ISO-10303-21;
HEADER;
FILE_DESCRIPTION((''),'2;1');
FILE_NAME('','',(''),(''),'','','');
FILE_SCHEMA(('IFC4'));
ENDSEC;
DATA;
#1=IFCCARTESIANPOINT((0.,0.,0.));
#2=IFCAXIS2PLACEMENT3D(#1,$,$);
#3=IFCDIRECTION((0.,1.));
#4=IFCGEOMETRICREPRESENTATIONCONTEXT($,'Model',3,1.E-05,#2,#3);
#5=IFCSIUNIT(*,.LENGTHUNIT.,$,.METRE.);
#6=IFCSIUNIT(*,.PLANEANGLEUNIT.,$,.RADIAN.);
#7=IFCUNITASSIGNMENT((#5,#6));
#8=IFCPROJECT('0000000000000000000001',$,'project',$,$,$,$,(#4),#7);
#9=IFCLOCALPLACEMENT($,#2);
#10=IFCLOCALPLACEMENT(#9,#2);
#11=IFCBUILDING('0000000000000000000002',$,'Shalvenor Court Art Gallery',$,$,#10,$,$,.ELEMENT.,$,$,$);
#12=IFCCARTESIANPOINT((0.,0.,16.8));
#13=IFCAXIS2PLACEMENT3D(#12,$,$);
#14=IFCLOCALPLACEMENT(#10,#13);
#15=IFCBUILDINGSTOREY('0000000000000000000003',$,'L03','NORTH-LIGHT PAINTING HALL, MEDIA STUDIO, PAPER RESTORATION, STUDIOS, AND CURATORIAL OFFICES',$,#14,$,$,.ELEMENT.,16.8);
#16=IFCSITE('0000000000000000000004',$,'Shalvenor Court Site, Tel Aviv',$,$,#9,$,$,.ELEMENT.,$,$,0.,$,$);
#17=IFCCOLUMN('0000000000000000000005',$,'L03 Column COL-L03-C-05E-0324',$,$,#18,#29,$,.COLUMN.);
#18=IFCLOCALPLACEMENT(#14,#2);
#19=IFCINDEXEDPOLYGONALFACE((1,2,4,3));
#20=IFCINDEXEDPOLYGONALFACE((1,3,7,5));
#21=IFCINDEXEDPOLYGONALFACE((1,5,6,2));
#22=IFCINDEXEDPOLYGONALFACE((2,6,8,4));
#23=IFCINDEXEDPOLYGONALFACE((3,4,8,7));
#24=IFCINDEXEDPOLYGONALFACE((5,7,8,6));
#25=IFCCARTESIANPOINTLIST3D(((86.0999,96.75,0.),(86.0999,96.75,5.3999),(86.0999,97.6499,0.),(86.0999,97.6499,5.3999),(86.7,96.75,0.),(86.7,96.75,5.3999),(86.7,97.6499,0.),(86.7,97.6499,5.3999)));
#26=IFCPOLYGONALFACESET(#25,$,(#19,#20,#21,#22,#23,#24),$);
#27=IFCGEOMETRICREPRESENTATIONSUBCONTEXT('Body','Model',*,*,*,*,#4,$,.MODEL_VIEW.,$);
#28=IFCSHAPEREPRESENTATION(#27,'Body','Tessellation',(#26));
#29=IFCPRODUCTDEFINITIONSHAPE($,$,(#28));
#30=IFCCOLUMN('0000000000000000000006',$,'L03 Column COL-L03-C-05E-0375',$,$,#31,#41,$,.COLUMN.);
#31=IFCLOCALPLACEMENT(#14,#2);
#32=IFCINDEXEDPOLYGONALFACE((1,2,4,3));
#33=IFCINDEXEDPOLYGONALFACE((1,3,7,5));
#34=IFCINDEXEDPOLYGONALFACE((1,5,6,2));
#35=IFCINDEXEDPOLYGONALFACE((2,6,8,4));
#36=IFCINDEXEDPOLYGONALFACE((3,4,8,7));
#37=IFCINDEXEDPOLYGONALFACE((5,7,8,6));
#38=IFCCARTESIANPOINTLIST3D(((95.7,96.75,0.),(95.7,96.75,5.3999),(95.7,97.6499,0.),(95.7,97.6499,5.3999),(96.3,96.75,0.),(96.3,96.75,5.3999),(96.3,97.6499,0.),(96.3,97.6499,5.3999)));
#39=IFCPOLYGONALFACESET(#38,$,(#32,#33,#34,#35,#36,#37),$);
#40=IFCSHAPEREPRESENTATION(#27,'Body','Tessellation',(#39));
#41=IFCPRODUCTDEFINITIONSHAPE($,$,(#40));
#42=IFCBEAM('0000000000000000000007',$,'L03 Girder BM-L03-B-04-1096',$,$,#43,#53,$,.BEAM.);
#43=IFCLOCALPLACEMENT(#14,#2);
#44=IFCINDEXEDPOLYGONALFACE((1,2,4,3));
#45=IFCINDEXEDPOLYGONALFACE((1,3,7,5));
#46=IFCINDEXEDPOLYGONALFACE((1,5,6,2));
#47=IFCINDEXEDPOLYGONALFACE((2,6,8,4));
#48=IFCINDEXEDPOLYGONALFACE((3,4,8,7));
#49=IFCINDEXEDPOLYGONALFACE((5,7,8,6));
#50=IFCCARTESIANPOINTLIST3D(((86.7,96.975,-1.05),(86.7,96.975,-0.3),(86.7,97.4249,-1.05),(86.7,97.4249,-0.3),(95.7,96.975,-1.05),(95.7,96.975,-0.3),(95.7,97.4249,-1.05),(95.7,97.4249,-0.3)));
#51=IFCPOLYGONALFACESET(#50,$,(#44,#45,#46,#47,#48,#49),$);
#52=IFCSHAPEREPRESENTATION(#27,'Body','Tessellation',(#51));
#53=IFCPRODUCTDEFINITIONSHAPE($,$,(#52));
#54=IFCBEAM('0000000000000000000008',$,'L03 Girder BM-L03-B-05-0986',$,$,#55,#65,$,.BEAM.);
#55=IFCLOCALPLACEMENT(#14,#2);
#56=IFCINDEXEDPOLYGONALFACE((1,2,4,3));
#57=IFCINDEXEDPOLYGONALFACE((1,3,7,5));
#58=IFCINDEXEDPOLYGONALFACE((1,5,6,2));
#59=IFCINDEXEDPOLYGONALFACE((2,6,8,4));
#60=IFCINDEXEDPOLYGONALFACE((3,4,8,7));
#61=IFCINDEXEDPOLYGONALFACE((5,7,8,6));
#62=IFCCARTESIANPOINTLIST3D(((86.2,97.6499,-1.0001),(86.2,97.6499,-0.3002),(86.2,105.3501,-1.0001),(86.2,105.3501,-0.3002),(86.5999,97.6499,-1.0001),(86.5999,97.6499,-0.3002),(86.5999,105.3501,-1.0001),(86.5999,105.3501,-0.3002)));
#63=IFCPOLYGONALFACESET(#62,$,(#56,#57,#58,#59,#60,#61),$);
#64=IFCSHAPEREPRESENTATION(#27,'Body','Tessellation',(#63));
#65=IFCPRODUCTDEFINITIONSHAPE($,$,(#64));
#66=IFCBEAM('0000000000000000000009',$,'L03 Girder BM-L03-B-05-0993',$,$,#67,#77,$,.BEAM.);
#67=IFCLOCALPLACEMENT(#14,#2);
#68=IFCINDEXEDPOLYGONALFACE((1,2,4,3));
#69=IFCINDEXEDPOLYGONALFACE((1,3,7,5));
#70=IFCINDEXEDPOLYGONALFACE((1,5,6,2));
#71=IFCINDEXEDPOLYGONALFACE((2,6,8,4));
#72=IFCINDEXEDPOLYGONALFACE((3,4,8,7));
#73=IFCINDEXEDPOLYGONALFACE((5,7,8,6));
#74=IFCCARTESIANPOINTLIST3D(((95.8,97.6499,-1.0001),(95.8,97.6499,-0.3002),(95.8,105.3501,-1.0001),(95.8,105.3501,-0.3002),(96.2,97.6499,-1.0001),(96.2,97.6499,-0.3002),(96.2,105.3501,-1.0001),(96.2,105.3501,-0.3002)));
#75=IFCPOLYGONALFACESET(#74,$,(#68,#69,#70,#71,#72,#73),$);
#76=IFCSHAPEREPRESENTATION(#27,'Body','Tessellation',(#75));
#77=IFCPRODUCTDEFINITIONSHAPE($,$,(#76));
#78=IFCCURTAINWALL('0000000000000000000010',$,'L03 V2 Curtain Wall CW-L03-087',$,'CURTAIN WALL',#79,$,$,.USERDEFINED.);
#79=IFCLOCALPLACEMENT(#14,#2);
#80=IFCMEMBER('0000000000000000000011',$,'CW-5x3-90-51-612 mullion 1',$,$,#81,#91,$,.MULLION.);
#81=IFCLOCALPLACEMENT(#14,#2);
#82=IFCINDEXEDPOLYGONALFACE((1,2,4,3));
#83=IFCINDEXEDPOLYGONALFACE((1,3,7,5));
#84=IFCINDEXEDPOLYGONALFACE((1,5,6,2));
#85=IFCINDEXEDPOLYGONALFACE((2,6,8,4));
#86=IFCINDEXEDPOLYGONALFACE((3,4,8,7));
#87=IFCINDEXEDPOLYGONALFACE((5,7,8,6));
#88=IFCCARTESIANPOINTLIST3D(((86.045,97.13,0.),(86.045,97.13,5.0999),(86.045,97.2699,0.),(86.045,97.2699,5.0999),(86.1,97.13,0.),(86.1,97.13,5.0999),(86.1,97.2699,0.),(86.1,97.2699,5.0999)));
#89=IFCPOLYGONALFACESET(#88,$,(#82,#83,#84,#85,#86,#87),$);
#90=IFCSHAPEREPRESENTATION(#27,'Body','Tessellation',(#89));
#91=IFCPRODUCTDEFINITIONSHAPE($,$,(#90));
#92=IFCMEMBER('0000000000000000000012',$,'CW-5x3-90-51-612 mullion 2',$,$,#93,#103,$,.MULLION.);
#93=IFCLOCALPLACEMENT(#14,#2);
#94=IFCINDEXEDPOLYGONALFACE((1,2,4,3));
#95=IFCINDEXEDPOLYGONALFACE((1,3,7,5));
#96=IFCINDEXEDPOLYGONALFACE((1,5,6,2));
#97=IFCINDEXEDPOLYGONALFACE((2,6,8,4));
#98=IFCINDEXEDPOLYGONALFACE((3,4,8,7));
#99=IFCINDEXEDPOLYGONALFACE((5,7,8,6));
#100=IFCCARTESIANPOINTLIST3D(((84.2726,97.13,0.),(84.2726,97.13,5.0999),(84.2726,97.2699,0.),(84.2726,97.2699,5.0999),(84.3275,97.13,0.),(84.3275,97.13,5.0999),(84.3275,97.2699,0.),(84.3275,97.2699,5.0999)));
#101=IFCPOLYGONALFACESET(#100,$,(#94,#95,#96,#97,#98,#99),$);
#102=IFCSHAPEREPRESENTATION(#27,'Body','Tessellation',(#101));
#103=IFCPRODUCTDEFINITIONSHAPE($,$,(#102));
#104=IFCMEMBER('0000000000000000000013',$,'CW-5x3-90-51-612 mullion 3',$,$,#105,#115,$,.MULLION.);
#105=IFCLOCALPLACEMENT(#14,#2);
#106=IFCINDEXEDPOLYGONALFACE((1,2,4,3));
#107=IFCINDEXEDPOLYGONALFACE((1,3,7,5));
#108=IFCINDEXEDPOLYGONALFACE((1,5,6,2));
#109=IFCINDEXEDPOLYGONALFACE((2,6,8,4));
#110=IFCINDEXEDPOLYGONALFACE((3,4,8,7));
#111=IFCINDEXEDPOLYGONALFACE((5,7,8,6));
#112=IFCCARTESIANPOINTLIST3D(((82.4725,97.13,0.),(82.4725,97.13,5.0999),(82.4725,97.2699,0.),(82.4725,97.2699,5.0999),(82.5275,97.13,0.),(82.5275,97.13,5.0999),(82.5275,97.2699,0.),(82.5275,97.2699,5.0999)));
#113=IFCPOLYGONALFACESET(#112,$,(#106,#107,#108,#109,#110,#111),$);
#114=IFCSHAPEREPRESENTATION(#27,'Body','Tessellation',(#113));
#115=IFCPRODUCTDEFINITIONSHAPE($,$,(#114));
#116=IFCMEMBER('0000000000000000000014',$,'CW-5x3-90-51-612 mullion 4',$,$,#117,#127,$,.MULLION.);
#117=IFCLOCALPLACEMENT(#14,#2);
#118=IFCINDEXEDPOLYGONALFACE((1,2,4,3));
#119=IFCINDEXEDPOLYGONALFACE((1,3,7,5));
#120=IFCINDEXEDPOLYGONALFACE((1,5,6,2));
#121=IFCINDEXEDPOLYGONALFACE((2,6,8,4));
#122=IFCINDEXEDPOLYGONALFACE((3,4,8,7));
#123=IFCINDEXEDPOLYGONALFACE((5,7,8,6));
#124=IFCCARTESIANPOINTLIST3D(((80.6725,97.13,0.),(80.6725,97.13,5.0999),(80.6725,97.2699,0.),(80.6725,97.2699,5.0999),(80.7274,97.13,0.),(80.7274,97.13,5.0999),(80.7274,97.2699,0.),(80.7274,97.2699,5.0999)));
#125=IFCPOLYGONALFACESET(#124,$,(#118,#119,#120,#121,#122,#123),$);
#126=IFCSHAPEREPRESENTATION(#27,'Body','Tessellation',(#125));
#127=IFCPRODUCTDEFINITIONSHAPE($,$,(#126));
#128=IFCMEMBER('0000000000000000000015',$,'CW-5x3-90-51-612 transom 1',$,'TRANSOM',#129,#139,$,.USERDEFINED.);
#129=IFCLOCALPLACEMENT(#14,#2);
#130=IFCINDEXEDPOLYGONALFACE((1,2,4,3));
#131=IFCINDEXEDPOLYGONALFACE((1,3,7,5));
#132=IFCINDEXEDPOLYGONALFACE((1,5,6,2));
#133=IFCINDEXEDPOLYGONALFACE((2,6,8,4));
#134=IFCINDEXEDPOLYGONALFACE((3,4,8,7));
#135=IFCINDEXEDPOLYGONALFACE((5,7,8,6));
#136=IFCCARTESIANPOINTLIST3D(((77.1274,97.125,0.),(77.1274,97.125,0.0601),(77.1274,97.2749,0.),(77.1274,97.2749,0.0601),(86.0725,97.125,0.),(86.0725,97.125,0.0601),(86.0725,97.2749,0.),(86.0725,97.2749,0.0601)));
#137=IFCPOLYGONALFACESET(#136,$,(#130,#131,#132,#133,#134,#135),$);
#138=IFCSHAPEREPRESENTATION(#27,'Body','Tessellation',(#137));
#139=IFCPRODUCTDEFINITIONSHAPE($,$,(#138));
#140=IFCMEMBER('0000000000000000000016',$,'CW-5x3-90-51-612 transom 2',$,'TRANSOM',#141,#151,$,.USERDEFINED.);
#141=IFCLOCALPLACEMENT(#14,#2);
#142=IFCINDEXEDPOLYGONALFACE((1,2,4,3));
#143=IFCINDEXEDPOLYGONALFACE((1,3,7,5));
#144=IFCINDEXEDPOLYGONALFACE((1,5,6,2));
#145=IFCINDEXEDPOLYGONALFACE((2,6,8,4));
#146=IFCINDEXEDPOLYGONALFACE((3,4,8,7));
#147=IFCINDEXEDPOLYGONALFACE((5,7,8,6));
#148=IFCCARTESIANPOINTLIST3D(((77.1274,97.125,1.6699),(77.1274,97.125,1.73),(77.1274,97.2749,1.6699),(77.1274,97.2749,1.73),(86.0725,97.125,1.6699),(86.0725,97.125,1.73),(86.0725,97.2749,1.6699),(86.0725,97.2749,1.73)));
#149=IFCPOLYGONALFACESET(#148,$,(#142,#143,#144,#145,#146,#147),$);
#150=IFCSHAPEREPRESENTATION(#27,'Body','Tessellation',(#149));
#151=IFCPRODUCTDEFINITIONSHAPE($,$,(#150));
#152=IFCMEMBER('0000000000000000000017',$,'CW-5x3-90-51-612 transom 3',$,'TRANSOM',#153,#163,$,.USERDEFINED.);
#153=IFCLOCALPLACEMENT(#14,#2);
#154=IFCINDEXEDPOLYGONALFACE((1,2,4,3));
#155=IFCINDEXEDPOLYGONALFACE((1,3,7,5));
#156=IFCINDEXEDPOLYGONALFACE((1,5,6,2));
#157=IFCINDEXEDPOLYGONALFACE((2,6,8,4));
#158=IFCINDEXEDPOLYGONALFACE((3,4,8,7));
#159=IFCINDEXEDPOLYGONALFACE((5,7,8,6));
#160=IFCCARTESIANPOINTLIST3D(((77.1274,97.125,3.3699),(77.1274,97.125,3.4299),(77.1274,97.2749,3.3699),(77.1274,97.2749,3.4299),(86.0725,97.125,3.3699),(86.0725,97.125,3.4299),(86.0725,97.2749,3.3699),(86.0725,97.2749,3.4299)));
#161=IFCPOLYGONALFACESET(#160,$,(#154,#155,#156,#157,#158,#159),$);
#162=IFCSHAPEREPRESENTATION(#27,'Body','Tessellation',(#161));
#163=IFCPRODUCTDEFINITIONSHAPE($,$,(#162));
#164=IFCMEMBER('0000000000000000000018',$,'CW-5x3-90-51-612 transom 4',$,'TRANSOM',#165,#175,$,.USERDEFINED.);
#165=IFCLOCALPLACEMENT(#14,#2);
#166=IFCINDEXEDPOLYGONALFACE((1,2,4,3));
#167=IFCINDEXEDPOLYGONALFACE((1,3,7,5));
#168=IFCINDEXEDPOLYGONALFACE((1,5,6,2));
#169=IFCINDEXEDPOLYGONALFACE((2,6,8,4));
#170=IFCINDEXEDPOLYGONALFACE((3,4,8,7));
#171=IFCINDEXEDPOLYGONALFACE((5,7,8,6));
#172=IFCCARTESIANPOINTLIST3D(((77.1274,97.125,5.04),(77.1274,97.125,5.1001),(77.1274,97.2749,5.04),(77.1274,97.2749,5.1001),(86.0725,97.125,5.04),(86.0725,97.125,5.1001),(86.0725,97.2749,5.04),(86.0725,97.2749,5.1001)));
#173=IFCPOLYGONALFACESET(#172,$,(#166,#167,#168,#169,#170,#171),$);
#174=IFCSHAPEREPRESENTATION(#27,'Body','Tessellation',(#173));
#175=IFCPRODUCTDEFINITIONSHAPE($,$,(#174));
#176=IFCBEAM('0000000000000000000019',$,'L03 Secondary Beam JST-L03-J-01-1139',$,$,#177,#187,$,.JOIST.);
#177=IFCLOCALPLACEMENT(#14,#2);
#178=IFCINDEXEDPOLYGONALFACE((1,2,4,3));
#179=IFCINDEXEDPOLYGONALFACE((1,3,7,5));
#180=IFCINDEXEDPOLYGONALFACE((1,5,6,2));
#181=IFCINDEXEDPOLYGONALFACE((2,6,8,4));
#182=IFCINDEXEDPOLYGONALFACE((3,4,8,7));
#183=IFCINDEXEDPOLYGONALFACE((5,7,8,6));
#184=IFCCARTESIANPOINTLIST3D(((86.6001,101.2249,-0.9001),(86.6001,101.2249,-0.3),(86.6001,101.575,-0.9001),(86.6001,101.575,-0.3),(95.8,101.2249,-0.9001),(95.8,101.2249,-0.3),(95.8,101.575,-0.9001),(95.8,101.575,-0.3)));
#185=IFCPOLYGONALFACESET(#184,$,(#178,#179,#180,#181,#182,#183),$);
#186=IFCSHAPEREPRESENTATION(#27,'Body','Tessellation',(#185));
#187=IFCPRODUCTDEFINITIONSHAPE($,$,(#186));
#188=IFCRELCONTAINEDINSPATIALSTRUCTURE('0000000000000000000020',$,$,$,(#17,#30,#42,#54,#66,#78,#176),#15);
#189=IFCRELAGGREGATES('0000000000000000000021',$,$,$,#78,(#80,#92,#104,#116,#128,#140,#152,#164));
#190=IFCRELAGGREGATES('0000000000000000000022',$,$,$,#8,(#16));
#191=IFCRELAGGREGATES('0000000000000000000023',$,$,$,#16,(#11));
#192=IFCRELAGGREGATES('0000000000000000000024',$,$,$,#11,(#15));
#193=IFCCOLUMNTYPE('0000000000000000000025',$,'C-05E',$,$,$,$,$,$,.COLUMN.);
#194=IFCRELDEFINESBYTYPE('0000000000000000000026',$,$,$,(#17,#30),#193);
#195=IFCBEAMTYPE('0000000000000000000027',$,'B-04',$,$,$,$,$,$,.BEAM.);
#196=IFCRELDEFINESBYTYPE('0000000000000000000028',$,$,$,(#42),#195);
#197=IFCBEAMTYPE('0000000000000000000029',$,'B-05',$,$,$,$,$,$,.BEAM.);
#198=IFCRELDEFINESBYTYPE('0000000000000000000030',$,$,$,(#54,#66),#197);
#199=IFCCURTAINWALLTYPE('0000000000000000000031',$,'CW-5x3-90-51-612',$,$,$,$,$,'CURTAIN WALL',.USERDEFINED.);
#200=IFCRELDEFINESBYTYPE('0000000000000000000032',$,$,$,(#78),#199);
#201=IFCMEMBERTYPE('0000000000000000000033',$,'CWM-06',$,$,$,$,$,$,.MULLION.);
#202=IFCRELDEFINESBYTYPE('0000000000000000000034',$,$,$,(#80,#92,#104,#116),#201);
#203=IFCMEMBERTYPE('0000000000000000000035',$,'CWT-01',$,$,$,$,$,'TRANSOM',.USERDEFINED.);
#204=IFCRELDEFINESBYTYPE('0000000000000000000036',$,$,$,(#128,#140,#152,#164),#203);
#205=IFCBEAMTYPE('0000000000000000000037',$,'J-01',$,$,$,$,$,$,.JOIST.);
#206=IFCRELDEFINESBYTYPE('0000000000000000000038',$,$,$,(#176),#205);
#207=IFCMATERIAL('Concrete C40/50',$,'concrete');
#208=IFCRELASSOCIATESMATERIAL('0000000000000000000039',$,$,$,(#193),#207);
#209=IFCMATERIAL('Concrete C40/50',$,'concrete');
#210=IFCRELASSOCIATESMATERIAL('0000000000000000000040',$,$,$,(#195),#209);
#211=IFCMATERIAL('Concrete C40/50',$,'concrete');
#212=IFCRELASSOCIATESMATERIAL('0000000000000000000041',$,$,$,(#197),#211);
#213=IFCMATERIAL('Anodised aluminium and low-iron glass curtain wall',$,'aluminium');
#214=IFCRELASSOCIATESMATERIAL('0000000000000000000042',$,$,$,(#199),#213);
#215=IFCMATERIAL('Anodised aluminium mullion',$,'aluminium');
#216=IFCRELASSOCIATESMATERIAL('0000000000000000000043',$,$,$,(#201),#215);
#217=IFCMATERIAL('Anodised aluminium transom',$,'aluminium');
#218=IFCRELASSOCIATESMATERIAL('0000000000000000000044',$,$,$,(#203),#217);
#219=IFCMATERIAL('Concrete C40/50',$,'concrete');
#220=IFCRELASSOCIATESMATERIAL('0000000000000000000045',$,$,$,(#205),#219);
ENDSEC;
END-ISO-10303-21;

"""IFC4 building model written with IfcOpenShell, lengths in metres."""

from ifc_helpers import new_model, si_unit, direction, frame, origin, origin_2d, place, context, subcontext, project, spatial, rectangle, extrude, material, material_profile, profile_set, type_object, element, aggregate, save


model = new_model("IFC4")

# Units and contexts
model_context = context("Model", 3, precision=1e-05, world=origin(), true_north=direction((0.0, 1.0)))
body_context = subcontext(model_context, "Body", "Model", "MODEL_VIEW")
ifc_project = project(units=[si_unit("LENGTHUNIT", "METRE"), si_unit("PLANEANGLEUNIT", "RADIAN")], contexts=[model_context])

# Site, building, storey
site_placement = place(None, origin())
site = spatial("IfcSite", under=ifc_project, at=site_placement, Name="Shalvenor Court Site, Tel Aviv", CompositionType="ELEMENT", RefElevation=0.0)
building_placement = place(site_placement, origin())
building = spatial("IfcBuilding", under=site, at=building_placement, Name="Shalvenor Court Art Gallery", CompositionType="ELEMENT")
storey_placement = place(building_placement, frame((0.0, 0.0, 16.8)))
storey = spatial("IfcBuildingStorey", under=building, at=storey_placement, Name="L03", Description="NORTH-LIGHT PAINTING HALL, MEDIA STUDIO, PAPER RESTORATION, STUDIOS, AND CURATORIAL OFFICES", CompositionType="ELEMENT", Elevation=16.8)

# Columns
ifc_material_1 = material(Name="Concrete C40/50", Category="concrete")
ifc_material_profile_1 = material_profile(ifc_material_1, rectangle(XDim=0.6001, YDim=0.8999, at=origin_2d()), Name="RC 600x900")
ifc_profile_set_1 = profile_set([ifc_material_profile_1], Name="Concrete C40/50")
column_type = type_object("IfcColumnType", Name="C-05E", PredefinedType="COLUMN", material=ifc_profile_set_1)
for number, where, z_axis, x_axis, name in (
    (1, (86.3999, 97.2, 0.0), (0.0, 0.0, 1.0), (1.0, 0.0, 0.0), "L03 Column COL-L03-C-05E-0324"),
    (2, (96.0, 97.2, 0.0), (0.0, 0.0, 1.0), (1.0, 0.0, 0.0), "L03 Column COL-L03-C-05E-0375"),
):
    element("IfcColumn", number, at=place(storey_placement, frame(where, z_axis=z_axis, x_axis=x_axis)), inside=storey, type_object=column_type, Name=name, PredefinedType="COLUMN", context=body_context, shape_type="SweptSolid", body=[
        extrude(rectangle(XDim=0.6001, YDim=0.8999, at=origin_2d()), origin(), (0.0, 0.0, 1.0), 5.3999),
    ])

# Beams
ifc_material_2 = material(Name="Concrete C40/50", Category="concrete")
ifc_material_profile_2 = material_profile(ifc_material_2, rectangle(XDim=0.45, YDim=0.75, at=origin_2d()), Name="RC 450x750")
ifc_profile_set_2 = profile_set([ifc_material_profile_2], Name="Concrete C40/50")
beam_type_1 = type_object("IfcBeamType", Name="B-04", PredefinedType="BEAM", material=ifc_profile_set_2)
beam_placement = place(storey_placement, frame((86.7, 97.2, -0.675), z_axis=(1.0, 0.0, 0.0), x_axis=(0.0, 1.0, 0.0)))
element("IfcBeam", 3, at=beam_placement, inside=storey, type_object=beam_type_1, Name="L03 Girder BM-L03-B-04-1096", PredefinedType="BEAM", context=body_context, shape_type="SweptSolid", body=[
    extrude(rectangle(XDim=0.45, YDim=0.75, at=origin_2d()), origin(), (0.0, 0.0, 1.0), 9.0),
])
ifc_material_3 = material(Name="Concrete C40/50", Category="concrete")
ifc_material_profile_3 = material_profile(ifc_material_3, rectangle(XDim=0.3999, YDim=0.7, at=origin_2d()), Name="RC 400x700")
ifc_profile_set_3 = profile_set([ifc_material_profile_3], Name="Concrete C40/50")
beam_type_2 = type_object("IfcBeamType", Name="B-05", PredefinedType="BEAM", material=ifc_profile_set_3)
for number, where, z_axis, x_axis, name in (
    (4, (86.3999, 97.6499, -0.6501), (0.0, 1.0, 0.0), (-1.0, 0.0, 0.0), "L03 Girder BM-L03-B-05-0986"),
    (5, (96.0, 97.6499, -0.6501), (0.0, 1.0, 0.0), (-1.0, 0.0, 0.0), "L03 Girder BM-L03-B-05-0993"),
):
    element("IfcBeam", number, at=place(storey_placement, frame(where, z_axis=z_axis, x_axis=x_axis)), inside=storey, type_object=beam_type_2, Name=name, PredefinedType="BEAM", context=body_context, shape_type="SweptSolid", body=[
        extrude(rectangle(XDim=0.3999, YDim=0.7, at=origin_2d()), origin(), (0.0, 0.0, 1.0), 7.7002),
    ])

# Curtain wall, members
ifc_material_4 = material(Name="Anodised aluminium and low-iron glass curtain wall", Category="aluminium")
curtain_wall_type = type_object("IfcCurtainWallType", Name="CW-5x3-90-51-612", ElementType="CURTAIN WALL", PredefinedType="USERDEFINED", material=ifc_material_4)
curtain_wall_placement = place(storey_placement, origin())
curtain_wall = element("IfcCurtainWall", 6, at=curtain_wall_placement, inside=storey, type_object=curtain_wall_type, Name="L03 V2 Curtain Wall CW-L03-087", ObjectType="CURTAIN WALL", PredefinedType="USERDEFINED")
ifc_material_5 = material(Name="Anodised aluminium mullion", Category="aluminium")
ifc_material_profile_4 = material_profile(ifc_material_5, rectangle(XDim=0.0549, YDim=0.1399, at=origin_2d()), Name="CWM-06")
ifc_profile_set_4 = profile_set([ifc_material_profile_4], Name="Anodised aluminium mullion")
member_type_1 = type_object("IfcMemberType", Name="CWM-06", PredefinedType="MULLION", material=ifc_profile_set_4)
member_1_placement = place(storey_placement, frame((86.0725, 97.2, 0.0), z_axis=(0.0, 0.0, 1.0), x_axis=(-1.0, 0.0, 0.0)))
member_1 = element("IfcMember", 7, at=member_1_placement, type_object=member_type_1, Name="CW-5x3-90-51-612 mullion 1", PredefinedType="MULLION", context=body_context, shape_type="SweptSolid", body=[
    extrude(rectangle(XDim=0.0549, YDim=0.1399, at=origin_2d()), origin(), (0.0, 0.0, 1.0), 5.0999),
])
member_2_placement = place(storey_placement, frame((84.3, 97.2, 0.0), z_axis=(0.0, 0.0, 1.0), x_axis=(-1.0, 0.0, 0.0)))
member_2 = element("IfcMember", 8, at=member_2_placement, type_object=member_type_1, Name="CW-5x3-90-51-612 mullion 2", PredefinedType="MULLION", context=body_context, shape_type="SweptSolid", body=[
    extrude(rectangle(XDim=0.0549, YDim=0.1399, at=origin_2d()), origin(), (0.0, 0.0, 1.0), 5.0999),
])
member_3_placement = place(storey_placement, frame((82.5, 97.2, 0.0), z_axis=(0.0, 0.0, 1.0), x_axis=(-1.0, 0.0, 0.0)))
member_3 = element("IfcMember", 9, at=member_3_placement, type_object=member_type_1, Name="CW-5x3-90-51-612 mullion 3", PredefinedType="MULLION", context=body_context, shape_type="SweptSolid", body=[
    extrude(rectangle(XDim=0.0549, YDim=0.1399, at=origin_2d()), origin(), (0.0, 0.0, 1.0), 5.0999),
])
member_4_placement = place(storey_placement, frame((80.7, 97.2, 0.0), z_axis=(0.0, 0.0, 1.0), x_axis=(-1.0, 0.0, 0.0)))
member_4 = element("IfcMember", 10, at=member_4_placement, type_object=member_type_1, Name="CW-5x3-90-51-612 mullion 4", PredefinedType="MULLION", context=body_context, shape_type="SweptSolid", body=[
    extrude(rectangle(XDim=0.0549, YDim=0.1399, at=origin_2d()), origin(), (0.0, 0.0, 1.0), 5.0999),
])
ifc_material_6 = material(Name="Anodised aluminium transom", Category="aluminium")
ifc_material_profile_5 = material_profile(ifc_material_6, rectangle(XDim=0.1499, YDim=0.0601, at=origin_2d()), Name="CWT-01")
ifc_profile_set_5 = profile_set([ifc_material_profile_5], Name="Anodised aluminium transom")
member_type_2 = type_object("IfcMemberType", Name="CWT-01", ElementType="TRANSOM", PredefinedType="USERDEFINED", material=ifc_profile_set_5)
member_5_placement = place(storey_placement, frame((86.0725, 97.2, 0.03), z_axis=(-1.0, 0.0, 0.0), x_axis=(0.0, -1.0, 0.0)))
member_5 = element("IfcMember", 11, at=member_5_placement, type_object=member_type_2, Name="CW-5x3-90-51-612 transom 1", ObjectType="TRANSOM", PredefinedType="USERDEFINED", context=body_context, shape_type="SweptSolid", body=[
    extrude(rectangle(XDim=0.1499, YDim=0.0601, at=origin_2d()), origin(), (0.0, 0.0, 1.0), 8.9451),
])
member_6_placement = place(storey_placement, frame((86.0725, 97.2, 1.7), z_axis=(-1.0, 0.0, 0.0), x_axis=(0.0, -1.0, 0.0)))
member_6 = element("IfcMember", 12, at=member_6_placement, type_object=member_type_2, Name="CW-5x3-90-51-612 transom 2", ObjectType="TRANSOM", PredefinedType="USERDEFINED", context=body_context, shape_type="SweptSolid", body=[
    extrude(rectangle(XDim=0.1499, YDim=0.0601, at=origin_2d()), origin(), (0.0, 0.0, 1.0), 8.9451),
])
member_7_placement = place(storey_placement, frame((86.0725, 97.2, 3.3999), z_axis=(-1.0, 0.0, 0.0), x_axis=(0.0, -1.0, 0.0)))
member_7 = element("IfcMember", 13, at=member_7_placement, type_object=member_type_2, Name="CW-5x3-90-51-612 transom 3", ObjectType="TRANSOM", PredefinedType="USERDEFINED", context=body_context, shape_type="SweptSolid", body=[
    extrude(rectangle(XDim=0.1499, YDim=0.0601, at=origin_2d()), origin(), (0.0, 0.0, 1.0), 8.9451),
])
member_8_placement = place(storey_placement, frame((86.0725, 97.2, 5.0701), z_axis=(-1.0, 0.0, 0.0), x_axis=(0.0, -1.0, 0.0)))
member_8 = element("IfcMember", 14, at=member_8_placement, type_object=member_type_2, Name="CW-5x3-90-51-612 transom 4", ObjectType="TRANSOM", PredefinedType="USERDEFINED", context=body_context, shape_type="SweptSolid", body=[
    extrude(rectangle(XDim=0.1499, YDim=0.0601, at=origin_2d()), origin(), (0.0, 0.0, 1.0), 8.9451),
])

# Beam
ifc_material_7 = material(Name="Concrete C40/50", Category="concrete")
ifc_material_profile_6 = material_profile(ifc_material_7, rectangle(XDim=0.3501, YDim=0.6001, at=origin_2d()), Name="RC 350x600")
ifc_profile_set_6 = profile_set([ifc_material_profile_6], Name="Concrete C40/50")
beam_type_3 = type_object("IfcBeamType", Name="J-01", PredefinedType="JOIST", material=ifc_profile_set_6)
for number, where, z_axis, x_axis, name in (
    (15, (86.6001, 101.3999, -0.6001), (1.0, 0.0, 0.0), (0.0, 1.0, 0.0), "L03 Secondary Beam JST-L03-J-01-1139"),
):
    element("IfcBeam", number, at=place(storey_placement, frame(where, z_axis=z_axis, x_axis=x_axis)), inside=storey, type_object=beam_type_3, Name=name, PredefinedType="JOIST", context=body_context, shape_type="SweptSolid", body=[
        extrude(rectangle(XDim=0.3501, YDim=0.6001, at=origin_2d()), origin(), (0.0, 0.0, 1.0), 9.2),
    ])

aggregate(curtain_wall, [member_1, member_2, member_3, member_4, member_5, member_6, member_7, member_8])

save(model, "model.ifc")
